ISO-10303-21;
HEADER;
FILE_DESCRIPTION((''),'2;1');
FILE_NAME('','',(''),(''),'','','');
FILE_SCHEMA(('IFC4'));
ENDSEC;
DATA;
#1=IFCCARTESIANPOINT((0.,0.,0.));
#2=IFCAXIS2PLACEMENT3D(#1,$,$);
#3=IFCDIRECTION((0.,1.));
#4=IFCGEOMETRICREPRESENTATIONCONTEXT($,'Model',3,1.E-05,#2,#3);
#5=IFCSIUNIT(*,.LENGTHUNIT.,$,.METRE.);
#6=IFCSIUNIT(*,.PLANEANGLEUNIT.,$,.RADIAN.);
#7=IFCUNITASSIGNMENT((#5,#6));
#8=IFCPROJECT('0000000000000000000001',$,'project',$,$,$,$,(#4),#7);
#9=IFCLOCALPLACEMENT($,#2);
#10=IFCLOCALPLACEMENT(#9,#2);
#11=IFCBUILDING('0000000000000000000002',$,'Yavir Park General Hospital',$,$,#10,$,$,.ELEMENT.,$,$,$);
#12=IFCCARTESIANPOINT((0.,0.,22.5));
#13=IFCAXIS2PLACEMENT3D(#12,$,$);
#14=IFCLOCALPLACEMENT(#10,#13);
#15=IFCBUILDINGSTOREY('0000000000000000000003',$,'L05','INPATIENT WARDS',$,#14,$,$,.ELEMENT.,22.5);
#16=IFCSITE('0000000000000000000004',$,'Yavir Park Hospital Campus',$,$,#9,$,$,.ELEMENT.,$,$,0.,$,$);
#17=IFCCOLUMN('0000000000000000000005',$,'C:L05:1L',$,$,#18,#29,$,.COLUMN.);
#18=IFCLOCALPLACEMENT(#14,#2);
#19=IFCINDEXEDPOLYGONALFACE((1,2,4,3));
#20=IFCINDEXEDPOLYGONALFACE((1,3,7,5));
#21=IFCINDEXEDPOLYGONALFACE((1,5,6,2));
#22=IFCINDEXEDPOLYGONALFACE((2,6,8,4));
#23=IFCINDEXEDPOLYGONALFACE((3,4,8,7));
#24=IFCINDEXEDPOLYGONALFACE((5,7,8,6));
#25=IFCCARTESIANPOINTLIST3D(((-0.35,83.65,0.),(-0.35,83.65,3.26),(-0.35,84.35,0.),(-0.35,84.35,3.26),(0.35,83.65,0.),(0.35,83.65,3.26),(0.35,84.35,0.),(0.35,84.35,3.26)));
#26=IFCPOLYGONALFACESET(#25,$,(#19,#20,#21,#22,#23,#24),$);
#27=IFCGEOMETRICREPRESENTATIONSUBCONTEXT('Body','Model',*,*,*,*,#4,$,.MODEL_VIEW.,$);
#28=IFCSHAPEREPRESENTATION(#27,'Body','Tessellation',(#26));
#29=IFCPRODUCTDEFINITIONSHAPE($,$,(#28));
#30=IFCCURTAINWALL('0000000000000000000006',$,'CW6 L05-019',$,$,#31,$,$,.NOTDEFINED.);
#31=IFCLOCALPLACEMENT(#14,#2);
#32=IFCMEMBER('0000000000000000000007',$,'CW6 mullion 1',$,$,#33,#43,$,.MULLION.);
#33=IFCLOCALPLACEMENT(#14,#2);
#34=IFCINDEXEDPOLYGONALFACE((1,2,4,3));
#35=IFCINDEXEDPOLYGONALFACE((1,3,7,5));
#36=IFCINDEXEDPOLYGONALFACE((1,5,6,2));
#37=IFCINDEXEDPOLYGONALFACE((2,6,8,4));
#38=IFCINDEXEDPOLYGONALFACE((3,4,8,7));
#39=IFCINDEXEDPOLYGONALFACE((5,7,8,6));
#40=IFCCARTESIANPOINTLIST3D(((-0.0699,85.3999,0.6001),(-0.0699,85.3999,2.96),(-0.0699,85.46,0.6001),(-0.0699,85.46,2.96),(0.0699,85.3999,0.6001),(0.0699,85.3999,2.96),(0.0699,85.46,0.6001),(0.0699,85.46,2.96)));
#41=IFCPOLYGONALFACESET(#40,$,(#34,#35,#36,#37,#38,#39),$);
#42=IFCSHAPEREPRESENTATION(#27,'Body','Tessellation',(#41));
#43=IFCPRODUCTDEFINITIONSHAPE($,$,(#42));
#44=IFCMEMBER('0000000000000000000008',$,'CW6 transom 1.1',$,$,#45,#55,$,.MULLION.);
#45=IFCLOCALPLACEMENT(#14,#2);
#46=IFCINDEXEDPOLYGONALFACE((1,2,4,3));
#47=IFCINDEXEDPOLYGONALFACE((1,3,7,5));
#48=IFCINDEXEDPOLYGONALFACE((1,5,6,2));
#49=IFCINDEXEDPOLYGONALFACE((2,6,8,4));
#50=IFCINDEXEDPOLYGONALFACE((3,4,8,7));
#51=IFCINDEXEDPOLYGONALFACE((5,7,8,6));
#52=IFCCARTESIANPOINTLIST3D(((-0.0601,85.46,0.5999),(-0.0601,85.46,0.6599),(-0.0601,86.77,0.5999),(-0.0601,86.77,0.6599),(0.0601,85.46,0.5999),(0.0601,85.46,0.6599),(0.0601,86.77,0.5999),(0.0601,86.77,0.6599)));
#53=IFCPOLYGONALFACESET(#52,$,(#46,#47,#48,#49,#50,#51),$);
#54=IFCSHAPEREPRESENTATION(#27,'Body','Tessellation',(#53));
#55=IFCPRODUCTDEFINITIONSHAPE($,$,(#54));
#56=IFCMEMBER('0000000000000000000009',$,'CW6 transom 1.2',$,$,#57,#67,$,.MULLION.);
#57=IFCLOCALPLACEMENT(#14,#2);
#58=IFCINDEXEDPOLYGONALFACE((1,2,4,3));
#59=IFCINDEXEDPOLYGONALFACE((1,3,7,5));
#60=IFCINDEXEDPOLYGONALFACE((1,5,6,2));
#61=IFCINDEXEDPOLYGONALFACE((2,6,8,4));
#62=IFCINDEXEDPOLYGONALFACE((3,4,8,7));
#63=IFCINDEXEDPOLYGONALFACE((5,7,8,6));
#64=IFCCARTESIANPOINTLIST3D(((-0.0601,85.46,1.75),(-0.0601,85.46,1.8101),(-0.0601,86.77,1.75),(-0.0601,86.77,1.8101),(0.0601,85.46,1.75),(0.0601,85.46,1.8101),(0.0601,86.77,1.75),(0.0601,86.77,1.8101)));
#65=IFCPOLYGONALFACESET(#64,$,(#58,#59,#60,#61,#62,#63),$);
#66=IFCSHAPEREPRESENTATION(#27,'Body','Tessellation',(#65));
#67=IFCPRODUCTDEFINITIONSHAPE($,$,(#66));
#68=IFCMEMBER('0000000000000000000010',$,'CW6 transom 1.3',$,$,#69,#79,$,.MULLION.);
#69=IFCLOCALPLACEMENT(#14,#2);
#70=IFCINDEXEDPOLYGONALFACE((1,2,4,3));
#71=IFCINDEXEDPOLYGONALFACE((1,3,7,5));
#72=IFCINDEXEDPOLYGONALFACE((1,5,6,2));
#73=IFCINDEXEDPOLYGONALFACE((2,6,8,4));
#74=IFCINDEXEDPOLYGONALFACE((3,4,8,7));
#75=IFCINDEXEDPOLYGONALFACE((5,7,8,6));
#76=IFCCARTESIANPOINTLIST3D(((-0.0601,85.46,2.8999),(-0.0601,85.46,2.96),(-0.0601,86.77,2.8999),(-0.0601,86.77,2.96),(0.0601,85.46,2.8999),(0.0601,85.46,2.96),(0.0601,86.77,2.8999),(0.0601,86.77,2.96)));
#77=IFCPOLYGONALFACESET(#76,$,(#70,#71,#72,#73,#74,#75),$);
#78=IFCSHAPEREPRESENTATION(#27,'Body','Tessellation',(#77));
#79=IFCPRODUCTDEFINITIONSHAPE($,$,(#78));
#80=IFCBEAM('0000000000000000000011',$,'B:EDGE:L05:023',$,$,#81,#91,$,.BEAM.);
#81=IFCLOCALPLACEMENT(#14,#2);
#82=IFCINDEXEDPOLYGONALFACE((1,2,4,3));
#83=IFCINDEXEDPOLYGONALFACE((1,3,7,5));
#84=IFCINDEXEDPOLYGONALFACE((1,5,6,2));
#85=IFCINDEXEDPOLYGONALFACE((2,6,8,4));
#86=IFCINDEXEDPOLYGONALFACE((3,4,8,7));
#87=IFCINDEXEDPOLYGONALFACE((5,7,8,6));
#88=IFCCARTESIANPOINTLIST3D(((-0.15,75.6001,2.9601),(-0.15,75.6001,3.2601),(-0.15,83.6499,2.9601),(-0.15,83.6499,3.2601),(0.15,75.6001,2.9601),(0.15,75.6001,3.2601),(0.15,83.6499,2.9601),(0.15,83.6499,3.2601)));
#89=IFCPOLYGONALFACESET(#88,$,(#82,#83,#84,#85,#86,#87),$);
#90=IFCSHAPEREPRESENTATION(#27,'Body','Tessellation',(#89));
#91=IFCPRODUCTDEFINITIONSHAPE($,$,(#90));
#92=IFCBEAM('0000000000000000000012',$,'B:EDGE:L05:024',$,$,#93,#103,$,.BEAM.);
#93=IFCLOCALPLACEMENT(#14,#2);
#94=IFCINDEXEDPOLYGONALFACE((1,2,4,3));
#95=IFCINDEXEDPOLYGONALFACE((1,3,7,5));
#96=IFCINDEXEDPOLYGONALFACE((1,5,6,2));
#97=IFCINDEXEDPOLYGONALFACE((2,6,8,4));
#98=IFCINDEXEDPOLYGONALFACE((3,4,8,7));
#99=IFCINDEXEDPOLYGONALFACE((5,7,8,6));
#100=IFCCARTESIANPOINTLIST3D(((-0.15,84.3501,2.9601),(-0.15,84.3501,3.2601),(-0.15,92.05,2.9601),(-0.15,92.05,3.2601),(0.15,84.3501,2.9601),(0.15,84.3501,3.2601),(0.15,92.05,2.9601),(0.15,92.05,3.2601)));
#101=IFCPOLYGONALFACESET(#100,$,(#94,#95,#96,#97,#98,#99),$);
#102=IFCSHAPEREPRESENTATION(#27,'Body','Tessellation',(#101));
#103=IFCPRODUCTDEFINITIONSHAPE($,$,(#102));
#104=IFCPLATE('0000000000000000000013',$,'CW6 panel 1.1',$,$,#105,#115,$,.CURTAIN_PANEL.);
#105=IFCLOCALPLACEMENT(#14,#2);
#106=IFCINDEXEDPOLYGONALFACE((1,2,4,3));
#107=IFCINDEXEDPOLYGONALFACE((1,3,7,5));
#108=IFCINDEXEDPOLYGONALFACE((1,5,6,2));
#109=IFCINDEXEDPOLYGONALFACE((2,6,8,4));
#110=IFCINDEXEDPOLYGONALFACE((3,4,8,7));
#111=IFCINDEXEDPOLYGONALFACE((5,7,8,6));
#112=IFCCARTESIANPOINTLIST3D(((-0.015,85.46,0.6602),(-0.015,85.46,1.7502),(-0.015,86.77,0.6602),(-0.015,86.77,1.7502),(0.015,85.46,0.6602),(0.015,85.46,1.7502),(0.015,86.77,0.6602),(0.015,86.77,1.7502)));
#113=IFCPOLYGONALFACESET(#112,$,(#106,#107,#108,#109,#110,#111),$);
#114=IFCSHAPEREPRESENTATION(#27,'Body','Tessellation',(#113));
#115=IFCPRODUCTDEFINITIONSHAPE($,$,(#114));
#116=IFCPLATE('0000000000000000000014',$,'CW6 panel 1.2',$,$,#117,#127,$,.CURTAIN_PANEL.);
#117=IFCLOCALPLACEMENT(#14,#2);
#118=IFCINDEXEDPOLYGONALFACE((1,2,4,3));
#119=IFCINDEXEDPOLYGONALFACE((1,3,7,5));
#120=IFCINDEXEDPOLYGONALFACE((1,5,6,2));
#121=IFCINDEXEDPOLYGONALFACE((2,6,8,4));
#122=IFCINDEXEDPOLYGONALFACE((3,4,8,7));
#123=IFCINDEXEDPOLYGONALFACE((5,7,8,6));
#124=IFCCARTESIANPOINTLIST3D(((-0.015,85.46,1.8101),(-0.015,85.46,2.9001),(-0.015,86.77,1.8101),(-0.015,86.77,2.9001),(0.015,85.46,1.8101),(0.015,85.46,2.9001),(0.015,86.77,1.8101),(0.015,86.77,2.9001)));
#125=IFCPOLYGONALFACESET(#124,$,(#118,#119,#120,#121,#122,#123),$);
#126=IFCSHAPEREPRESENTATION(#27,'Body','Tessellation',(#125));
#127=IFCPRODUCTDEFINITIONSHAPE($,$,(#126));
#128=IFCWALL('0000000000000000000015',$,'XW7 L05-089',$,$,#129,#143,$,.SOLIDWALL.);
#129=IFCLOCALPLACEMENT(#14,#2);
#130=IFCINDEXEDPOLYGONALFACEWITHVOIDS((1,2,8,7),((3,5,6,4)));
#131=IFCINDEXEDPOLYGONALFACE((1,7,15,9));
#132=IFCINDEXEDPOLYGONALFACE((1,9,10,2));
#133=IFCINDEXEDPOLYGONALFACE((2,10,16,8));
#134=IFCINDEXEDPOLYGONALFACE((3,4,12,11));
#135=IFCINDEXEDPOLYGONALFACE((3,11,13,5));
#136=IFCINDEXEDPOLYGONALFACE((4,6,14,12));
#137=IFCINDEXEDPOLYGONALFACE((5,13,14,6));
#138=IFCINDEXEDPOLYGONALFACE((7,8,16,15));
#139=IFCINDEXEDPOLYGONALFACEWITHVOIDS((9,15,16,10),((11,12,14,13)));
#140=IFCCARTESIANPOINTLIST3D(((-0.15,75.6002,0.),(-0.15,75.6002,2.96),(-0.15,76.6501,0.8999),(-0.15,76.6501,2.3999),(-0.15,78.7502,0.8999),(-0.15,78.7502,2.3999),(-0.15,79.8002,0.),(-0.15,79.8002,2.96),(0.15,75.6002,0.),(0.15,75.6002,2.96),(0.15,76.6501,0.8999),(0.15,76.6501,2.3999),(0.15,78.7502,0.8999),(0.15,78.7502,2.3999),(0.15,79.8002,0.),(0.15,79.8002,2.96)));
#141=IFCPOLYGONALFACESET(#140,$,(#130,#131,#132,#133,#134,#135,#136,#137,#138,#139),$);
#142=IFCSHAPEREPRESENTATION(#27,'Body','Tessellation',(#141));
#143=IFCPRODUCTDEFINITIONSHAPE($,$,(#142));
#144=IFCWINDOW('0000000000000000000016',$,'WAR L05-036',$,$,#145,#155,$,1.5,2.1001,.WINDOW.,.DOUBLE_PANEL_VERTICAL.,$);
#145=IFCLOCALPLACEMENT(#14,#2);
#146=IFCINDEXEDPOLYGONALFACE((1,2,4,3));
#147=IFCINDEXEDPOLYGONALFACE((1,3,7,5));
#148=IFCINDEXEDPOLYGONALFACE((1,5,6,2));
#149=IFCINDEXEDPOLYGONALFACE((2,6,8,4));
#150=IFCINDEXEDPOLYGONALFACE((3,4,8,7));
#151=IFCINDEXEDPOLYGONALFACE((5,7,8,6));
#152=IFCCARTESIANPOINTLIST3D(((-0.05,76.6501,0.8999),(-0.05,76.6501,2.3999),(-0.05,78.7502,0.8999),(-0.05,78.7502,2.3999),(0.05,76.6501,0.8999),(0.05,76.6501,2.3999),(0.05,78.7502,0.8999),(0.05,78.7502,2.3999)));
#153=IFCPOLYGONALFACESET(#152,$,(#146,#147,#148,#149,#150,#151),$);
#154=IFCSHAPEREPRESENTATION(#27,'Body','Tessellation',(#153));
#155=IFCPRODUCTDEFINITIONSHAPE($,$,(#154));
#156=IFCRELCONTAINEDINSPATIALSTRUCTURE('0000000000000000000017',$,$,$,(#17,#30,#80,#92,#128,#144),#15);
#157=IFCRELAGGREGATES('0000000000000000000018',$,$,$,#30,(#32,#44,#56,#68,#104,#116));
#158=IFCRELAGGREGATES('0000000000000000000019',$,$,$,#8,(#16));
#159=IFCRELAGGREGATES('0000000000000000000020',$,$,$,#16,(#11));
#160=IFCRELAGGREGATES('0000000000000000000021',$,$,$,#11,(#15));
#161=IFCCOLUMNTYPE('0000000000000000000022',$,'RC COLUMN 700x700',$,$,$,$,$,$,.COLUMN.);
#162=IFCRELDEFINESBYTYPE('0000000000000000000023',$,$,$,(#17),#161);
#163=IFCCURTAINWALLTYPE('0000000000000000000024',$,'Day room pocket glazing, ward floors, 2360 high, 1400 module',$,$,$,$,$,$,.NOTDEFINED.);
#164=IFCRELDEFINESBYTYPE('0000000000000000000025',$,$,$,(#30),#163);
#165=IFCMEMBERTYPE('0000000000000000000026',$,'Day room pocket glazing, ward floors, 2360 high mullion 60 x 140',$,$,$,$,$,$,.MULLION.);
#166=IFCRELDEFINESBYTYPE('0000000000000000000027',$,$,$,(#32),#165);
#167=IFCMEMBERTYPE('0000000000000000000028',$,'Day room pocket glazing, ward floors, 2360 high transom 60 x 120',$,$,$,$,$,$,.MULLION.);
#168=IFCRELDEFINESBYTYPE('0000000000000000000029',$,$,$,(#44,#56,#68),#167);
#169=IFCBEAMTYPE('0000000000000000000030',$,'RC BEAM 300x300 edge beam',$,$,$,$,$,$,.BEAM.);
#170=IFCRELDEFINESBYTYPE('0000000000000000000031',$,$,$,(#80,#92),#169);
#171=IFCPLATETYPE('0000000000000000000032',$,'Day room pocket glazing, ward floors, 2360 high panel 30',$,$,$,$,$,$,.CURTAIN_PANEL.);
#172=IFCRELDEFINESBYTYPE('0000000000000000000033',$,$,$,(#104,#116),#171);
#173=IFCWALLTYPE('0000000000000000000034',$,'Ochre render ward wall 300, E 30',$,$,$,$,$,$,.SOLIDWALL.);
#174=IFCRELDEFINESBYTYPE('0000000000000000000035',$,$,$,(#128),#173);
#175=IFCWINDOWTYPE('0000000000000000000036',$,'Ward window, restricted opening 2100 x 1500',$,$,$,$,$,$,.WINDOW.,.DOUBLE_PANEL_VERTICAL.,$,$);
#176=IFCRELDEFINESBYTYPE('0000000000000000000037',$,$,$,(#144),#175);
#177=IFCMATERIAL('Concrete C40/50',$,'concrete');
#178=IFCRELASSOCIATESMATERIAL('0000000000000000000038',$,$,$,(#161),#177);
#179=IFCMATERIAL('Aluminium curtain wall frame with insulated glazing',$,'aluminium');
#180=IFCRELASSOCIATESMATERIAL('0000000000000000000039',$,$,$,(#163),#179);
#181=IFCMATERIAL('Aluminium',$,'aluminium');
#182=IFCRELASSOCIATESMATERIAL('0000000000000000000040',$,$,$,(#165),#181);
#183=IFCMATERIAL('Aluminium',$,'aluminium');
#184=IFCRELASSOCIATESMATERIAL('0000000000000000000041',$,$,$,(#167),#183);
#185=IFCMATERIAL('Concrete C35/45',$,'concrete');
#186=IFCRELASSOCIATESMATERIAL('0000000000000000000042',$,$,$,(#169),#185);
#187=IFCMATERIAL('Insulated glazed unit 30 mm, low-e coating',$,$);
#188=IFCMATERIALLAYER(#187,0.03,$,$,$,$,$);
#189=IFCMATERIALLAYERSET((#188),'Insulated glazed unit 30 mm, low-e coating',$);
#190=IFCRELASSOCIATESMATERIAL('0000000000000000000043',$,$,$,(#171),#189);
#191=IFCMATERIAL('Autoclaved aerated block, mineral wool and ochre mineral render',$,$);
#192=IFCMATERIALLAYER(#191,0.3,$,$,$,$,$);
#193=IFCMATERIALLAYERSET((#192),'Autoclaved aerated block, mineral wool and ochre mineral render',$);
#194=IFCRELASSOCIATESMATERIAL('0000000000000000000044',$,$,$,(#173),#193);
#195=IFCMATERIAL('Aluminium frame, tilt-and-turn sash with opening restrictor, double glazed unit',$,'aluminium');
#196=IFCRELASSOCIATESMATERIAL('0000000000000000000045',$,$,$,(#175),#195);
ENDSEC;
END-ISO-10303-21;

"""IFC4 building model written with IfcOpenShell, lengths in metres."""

from ifc_helpers import new_model, si_unit, direction, frame, frame_2d, origin, origin_2d, place, context, subcontext, project, spatial, rectangle, extrude, material, layer, layer_set, material_profile, profile_set, type_object, element, fill, aggregate, save


model = new_model("IFC4")

# Units and contexts
model_context = context("Model", 3, precision=1e-05, world=origin(), true_north=direction((0.0, 1.0)))
body_context = subcontext(model_context, "Body", "Model", "MODEL_VIEW")
ifc_project = project(units=[si_unit("LENGTHUNIT", "METRE"), si_unit("PLANEANGLEUNIT", "RADIAN")], contexts=[model_context])

# Site, building, storey
site_placement = place(None, origin())
site = spatial("IfcSite", under=ifc_project, at=site_placement, Name="Yavir Park Hospital Campus", CompositionType="ELEMENT", RefElevation=0.0)
building_placement = place(site_placement, origin())
building = spatial("IfcBuilding", under=site, at=building_placement, Name="Yavir Park General Hospital", CompositionType="ELEMENT")
storey_placement = place(building_placement, frame((0.0, 0.0, 22.5)))
storey = spatial("IfcBuildingStorey", under=building, at=storey_placement, Name="L05", Description="INPATIENT WARDS", CompositionType="ELEMENT", Elevation=22.5)

# Column
ifc_material_1 = material(Name="Concrete C40/50", Category="concrete")
ifc_material_profile_1 = material_profile(ifc_material_1, rectangle(XDim=0.7, YDim=0.7, at=origin_2d()), Name="RC700x700")
ifc_profile_set_1 = profile_set([ifc_material_profile_1], Name="Concrete C40/50")
column_type = type_object("IfcColumnType", Name="RC COLUMN 700x700", PredefinedType="COLUMN", material=ifc_profile_set_1)
column_placement = place(storey_placement, frame((0.0, 84.0, 0.0), z_axis=(0.0, 0.0, 1.0), x_axis=(1.0, 0.0, 0.0)))
element("IfcColumn", 1, at=column_placement, inside=storey, type_object=column_type, Name="C:L05:1L", PredefinedType="COLUMN", context=body_context, shape_type="SweptSolid", body=[
    extrude(rectangle(XDim=0.7, YDim=0.7, at=origin_2d()), origin(), (0.0, 0.0, 1.0), 3.26),
])

# Curtain wall, members
ifc_material_2 = material(Name="Aluminium curtain wall frame with insulated glazing", Category="aluminium")
curtain_wall_type = type_object("IfcCurtainWallType", Name="Day room pocket glazing, ward floors, 2360 high, 1400 module", PredefinedType="NOTDEFINED", material=ifc_material_2)
curtain_wall_placement = place(storey_placement, origin())
curtain_wall = element("IfcCurtainWall", 2, at=curtain_wall_placement, inside=storey, type_object=curtain_wall_type, Name="CW6 L05-019", PredefinedType="NOTDEFINED")
ifc_material_3 = material(Name="Aluminium", Category="aluminium")
ifc_material_profile_2 = material_profile(ifc_material_3, rectangle(XDim=0.1399, YDim=0.0601, at=origin_2d()), Name="AL 60x140")
ifc_profile_set_2 = profile_set([ifc_material_profile_2], Name="Aluminium")
member_type_1 = type_object("IfcMemberType", Name="Day room pocket glazing, ward floors, 2360 high mullion 60 x 140", PredefinedType="MULLION", material=ifc_profile_set_2)
member_1_placement = place(storey_placement, frame((0.0, 85.4299, 0.6001), z_axis=(0.0, 0.0, 1.0), x_axis=(-1.0, 0.0, 0.0)))
member_1 = element("IfcMember", 3, at=member_1_placement, type_object=member_type_1, Name="CW6 mullion 1", PredefinedType="MULLION", context=body_context, shape_type="SweptSolid", body=[
    extrude(rectangle(XDim=0.1399, YDim=0.0601, at=origin_2d()), origin(), (0.0, 0.0, 1.0), 2.3599),
])
ifc_material_4 = material(Name="Aluminium", Category="aluminium")
ifc_material_profile_3 = material_profile(ifc_material_4, rectangle(XDim=0.1201, YDim=0.0601, at=origin_2d()), Name="AL 120x60")
ifc_profile_set_3 = profile_set([ifc_material_profile_3], Name="Aluminium")
member_type_2 = type_object("IfcMemberType", Name="Day room pocket glazing, ward floors, 2360 high transom 60 x 120", PredefinedType="MULLION", material=ifc_profile_set_3)
member_2_placement = place(storey_placement, frame((0.0, 85.46, 0.6299), z_axis=(0.0, 1.0, 0.0), x_axis=(-1.0, 0.0, 0.0)))
member_2 = element("IfcMember", 4, at=member_2_placement, type_object=member_type_2, Name="CW6 transom 1.1", PredefinedType="MULLION", context=body_context, shape_type="SweptSolid", body=[
    extrude(rectangle(XDim=0.1201, YDim=0.0601, at=origin_2d()), origin(), (0.0, 0.0, 1.0), 1.3101),
])
member_3_placement = place(storey_placement, frame((0.0, 85.46, 1.78), z_axis=(0.0, 1.0, 0.0), x_axis=(-1.0, 0.0, 0.0)))
member_3 = element("IfcMember", 5, at=member_3_placement, type_object=member_type_2, Name="CW6 transom 1.2", PredefinedType="MULLION", context=body_context, shape_type="SweptSolid", body=[
    extrude(rectangle(XDim=0.1201, YDim=0.0601, at=origin_2d()), origin(), (0.0, 0.0, 1.0), 1.3101),
])
member_4_placement = place(storey_placement, frame((0.0, 85.46, 2.9299), z_axis=(0.0, 1.0, 0.0), x_axis=(-1.0, 0.0, 0.0)))
member_4 = element("IfcMember", 6, at=member_4_placement, type_object=member_type_2, Name="CW6 transom 1.3", PredefinedType="MULLION", context=body_context, shape_type="SweptSolid", body=[
    extrude(rectangle(XDim=0.1201, YDim=0.0601, at=origin_2d()), origin(), (0.0, 0.0, 1.0), 1.3101),
])

# Beams
ifc_material_5 = material(Name="Concrete C35/45", Category="concrete")
ifc_material_profile_4 = material_profile(ifc_material_5, rectangle(XDim=0.3, YDim=0.3, at=origin_2d()), Name="RC300x300")
ifc_profile_set_4 = profile_set([ifc_material_profile_4], Name="Concrete C35/45")
beam_type = type_object("IfcBeamType", Name="RC BEAM 300x300 edge beam", PredefinedType="BEAM", material=ifc_profile_set_4)
beam_1_placement = place(storey_placement, frame((0.0, 75.6001, 3.1101), z_axis=(0.0, 1.0, 0.0), x_axis=(-1.0, 0.0, 0.0)))
element("IfcBeam", 7, at=beam_1_placement, inside=storey, type_object=beam_type, Name="B:EDGE:L05:023", PredefinedType="BEAM", context=body_context, shape_type="SweptSolid", body=[
    extrude(rectangle(XDim=0.3, YDim=0.3, at=origin_2d()), origin(), (0.0, 0.0, 1.0), 8.0498),
])
beam_2_placement = place(storey_placement, frame((0.0, 84.3501, 3.1101), z_axis=(0.0, 1.0, 0.0), x_axis=(-1.0, 0.0, 0.0)))
element("IfcBeam", 8, at=beam_2_placement, inside=storey, type_object=beam_type, Name="B:EDGE:L05:024", PredefinedType="BEAM", context=body_context, shape_type="SweptSolid", body=[
    extrude(rectangle(XDim=0.3, YDim=0.3, at=origin_2d()), origin(), (0.0, 0.0, 1.0), 7.7),
])

# Plates
ifc_material_6 = material(Name="Insulated glazed unit 30 mm, low-e coating")
ifc_layer_1 = layer(ifc_material_6, 0.03)
ifc_layer_set_1 = layer_set([ifc_layer_1], Name="Insulated glazed unit 30 mm, low-e coating")
plate_type = type_object("IfcPlateType", Name="Day room pocket glazing, ward floors, 2360 high panel 30", PredefinedType="CURTAIN_PANEL", material=ifc_layer_set_1)
plate_1_placement = place(storey_placement, frame((0.0, 86.115, 0.6602), z_axis=(0.0, 0.0, 1.0), x_axis=(0.0, 1.0, 0.0)))
plate_1 = element("IfcPlate", 9, at=plate_1_placement, type_object=plate_type, Name="CW6 panel 1.1", PredefinedType="CURTAIN_PANEL", context=body_context, shape_type="SweptSolid", body=[
    extrude(rectangle(XDim=1.3101, YDim=0.03, at=origin_2d()), origin(), (0.0, 0.0, 1.0), 1.0901),
])
plate_2_placement = place(storey_placement, frame((0.0, 86.115, 1.8101), z_axis=(0.0, 0.0, 1.0), x_axis=(0.0, 1.0, 0.0)))
plate_2 = element("IfcPlate", 10, at=plate_2_placement, type_object=plate_type, Name="CW6 panel 1.2", PredefinedType="CURTAIN_PANEL", context=body_context, shape_type="SweptSolid", body=[
    extrude(rectangle(XDim=1.3101, YDim=0.03, at=origin_2d()), origin(), (0.0, 0.0, 1.0), 1.0901),
])
aggregate(curtain_wall, [member_1, member_2, member_3, member_4, plate_1, plate_2])

# Wall, opening, window
ifc_material_7 = material(Name="Autoclaved aerated block, mineral wool and ochre mineral render")
ifc_layer_2 = layer(ifc_material_7, 0.3)
ifc_layer_set_2 = layer_set([ifc_layer_2], Name="Autoclaved aerated block, mineral wool and ochre mineral render")
wall_type = type_object("IfcWallType", Name="Ochre render ward wall 300, E 30", PredefinedType="SOLIDWALL", material=ifc_layer_set_2)
wall_1_placement = place(storey_placement, frame((0.0, 75.6001, 0.0), z_axis=(0.0, 0.0, 1.0), x_axis=(0.0, 1.0, 0.0)))
wall_1 = element("IfcWall", 11, at=wall_1_placement, inside=storey, type_object=wall_type, Name="XW7 L05-089", PredefinedType="SOLIDWALL", context=body_context, shape_type="SweptSolid", body=[
    extrude(rectangle(XDim=4.2, YDim=0.3, at=frame_2d((2.1001, 0.0))), origin(), (0.0, 0.0, 1.0), 2.96),
])
opening_1_placement = place(wall_1_placement, frame((1.05, 0.0, 0.8999)))
opening_1 = element("IfcOpeningElement", 12, at=opening_1_placement, cuts=wall_1, PredefinedType="OPENING", context=body_context, shape_type="SweptSolid", body=[
    extrude(rectangle(XDim=2.1001, YDim=1.5, at=frame_2d((1.05, 0.75))), frame((0.0, 0.1599, 0.0), z_axis=(0.0, -1.0, 0.0), x_axis=(1.0, 0.0, 0.0)), (0.0, 0.0, 1.0), 0.3201),
])
ifc_material_8 = material(Name="Aluminium frame, tilt-and-turn sash with opening restrictor, double glazed unit", Category="aluminium")
window_type = type_object("IfcWindowType", Name="Ward window, restricted opening 2100 x 1500", PartitioningType="DOUBLE_PANEL_VERTICAL", PredefinedType="WINDOW", material=ifc_material_8)
window_1_placement = place(opening_1_placement, origin())
window_1 = element("IfcWindow", 13, at=window_1_placement, inside=storey, type_object=window_type, Name="WAR L05-036", OverallHeight=1.5, OverallWidth=2.1001, PartitioningType="DOUBLE_PANEL_VERTICAL", PredefinedType="WINDOW", context=body_context, shape_type="SweptSolid", body=[
    extrude(rectangle(XDim=2.1001, YDim=1.5, at=frame_2d((1.05, 0.75))), frame((0.0, 0.05, 0.0), z_axis=(0.0, -1.0, 0.0), x_axis=(1.0, 0.0, 0.0)), (0.0, 0.0, 1.0), 0.1001),
])
fill(opening_1, window_1)

save(model, "model.ifc")
